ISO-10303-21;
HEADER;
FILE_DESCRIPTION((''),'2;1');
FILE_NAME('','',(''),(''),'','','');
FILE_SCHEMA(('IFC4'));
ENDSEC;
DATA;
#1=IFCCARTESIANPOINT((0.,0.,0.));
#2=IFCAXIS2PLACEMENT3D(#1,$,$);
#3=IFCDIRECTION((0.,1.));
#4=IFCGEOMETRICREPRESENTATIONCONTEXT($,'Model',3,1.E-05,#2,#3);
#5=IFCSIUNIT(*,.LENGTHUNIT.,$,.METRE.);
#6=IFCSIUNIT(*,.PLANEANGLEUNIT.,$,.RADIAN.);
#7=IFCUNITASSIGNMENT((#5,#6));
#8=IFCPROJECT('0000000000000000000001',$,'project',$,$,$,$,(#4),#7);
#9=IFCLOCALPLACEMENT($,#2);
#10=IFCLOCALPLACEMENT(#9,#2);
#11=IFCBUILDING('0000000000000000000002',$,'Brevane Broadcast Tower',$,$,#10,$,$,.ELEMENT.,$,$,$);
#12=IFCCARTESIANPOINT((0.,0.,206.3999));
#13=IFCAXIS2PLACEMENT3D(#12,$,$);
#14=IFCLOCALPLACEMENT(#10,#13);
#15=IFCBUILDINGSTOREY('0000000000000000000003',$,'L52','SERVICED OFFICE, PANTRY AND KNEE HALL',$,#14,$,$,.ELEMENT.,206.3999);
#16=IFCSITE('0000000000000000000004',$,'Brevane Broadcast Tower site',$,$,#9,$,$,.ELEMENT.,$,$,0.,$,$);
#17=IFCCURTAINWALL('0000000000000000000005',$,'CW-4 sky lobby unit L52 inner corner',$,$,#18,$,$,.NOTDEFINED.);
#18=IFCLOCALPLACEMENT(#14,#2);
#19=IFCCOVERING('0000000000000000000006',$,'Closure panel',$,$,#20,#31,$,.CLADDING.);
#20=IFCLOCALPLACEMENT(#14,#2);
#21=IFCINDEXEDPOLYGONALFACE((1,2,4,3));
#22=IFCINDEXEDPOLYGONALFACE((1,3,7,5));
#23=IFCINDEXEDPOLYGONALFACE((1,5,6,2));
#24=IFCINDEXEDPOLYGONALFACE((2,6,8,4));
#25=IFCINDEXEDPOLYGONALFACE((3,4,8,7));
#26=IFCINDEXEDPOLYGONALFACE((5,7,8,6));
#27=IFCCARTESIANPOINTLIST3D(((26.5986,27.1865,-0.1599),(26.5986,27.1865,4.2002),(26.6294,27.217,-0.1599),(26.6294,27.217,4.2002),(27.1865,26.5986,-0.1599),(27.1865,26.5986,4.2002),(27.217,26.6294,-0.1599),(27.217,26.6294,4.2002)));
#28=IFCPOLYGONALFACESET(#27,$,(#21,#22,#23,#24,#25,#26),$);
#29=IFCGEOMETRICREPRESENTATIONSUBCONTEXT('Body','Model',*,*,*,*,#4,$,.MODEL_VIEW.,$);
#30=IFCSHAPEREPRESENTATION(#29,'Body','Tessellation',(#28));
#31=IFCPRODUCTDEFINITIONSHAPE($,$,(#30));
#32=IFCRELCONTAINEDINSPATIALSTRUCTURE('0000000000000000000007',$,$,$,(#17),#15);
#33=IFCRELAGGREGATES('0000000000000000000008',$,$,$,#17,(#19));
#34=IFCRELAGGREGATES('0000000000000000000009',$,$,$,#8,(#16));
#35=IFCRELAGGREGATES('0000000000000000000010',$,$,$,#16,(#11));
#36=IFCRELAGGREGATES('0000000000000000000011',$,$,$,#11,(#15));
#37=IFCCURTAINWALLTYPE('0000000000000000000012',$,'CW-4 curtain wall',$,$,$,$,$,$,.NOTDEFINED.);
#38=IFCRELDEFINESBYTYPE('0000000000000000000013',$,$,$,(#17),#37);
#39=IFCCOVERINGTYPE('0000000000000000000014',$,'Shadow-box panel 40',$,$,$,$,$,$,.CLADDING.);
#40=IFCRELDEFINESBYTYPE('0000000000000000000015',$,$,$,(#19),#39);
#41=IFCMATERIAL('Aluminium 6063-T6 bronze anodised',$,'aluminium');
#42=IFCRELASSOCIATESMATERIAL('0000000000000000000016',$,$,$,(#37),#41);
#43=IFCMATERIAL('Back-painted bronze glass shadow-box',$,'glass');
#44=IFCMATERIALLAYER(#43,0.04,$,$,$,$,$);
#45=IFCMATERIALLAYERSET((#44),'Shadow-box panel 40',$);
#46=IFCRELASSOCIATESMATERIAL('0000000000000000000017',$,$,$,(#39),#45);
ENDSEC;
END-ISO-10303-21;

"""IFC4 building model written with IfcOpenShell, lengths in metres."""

from ifc_helpers import new_model, si_unit, direction, frame, origin, place, context, subcontext, project, spatial, polyline, outline, extrude, material, layer, layer_set, type_object, element, aggregate, save


model = new_model("IFC4")

# Units and contexts
model_context = context("Model", 3, precision=1e-05, world=origin(), true_north=direction((0.0, 1.0)))
body_context = subcontext(model_context, "Body", "Model", "MODEL_VIEW")
ifc_project = project(units=[si_unit("LENGTHUNIT", "METRE"), si_unit("PLANEANGLEUNIT", "RADIAN")], contexts=[model_context])

# Site, building, storey
site_placement = place(None, origin())
site = spatial("IfcSite", under=ifc_project, at=site_placement, Name="Brevane Broadcast Tower site", CompositionType="ELEMENT", RefElevation=0.0)
building_placement = place(site_placement, origin())
building = spatial("IfcBuilding", under=site, at=building_placement, Name="Brevane Broadcast Tower", CompositionType="ELEMENT")
storey_placement = place(building_placement, frame((0.0, 0.0, 206.3999)))
storey = spatial("IfcBuildingStorey", under=building, at=storey_placement, Name="L52", Description="SERVICED OFFICE, PANTRY AND KNEE HALL", CompositionType="ELEMENT", Elevation=206.3999)

# Shared definitions
ifc_material_1 = material(Name="Aluminium 6063-T6 bronze anodised", Category="aluminium")
curtain_wall_type = type_object("IfcCurtainWallType", Name="CW-4 curtain wall", PredefinedType="NOTDEFINED", material=ifc_material_1)

# Curtain wall, covering
curtain_wall_1_placement = place(storey_placement, origin())
curtain_wall_1 = element("IfcCurtainWall", 1, at=curtain_wall_1_placement, inside=storey, type_object=curtain_wall_type, Name="CW-4 sky lobby unit L52 inner corner", PredefinedType="NOTDEFINED")
ifc_material_2 = material(Name="Back-painted bronze glass shadow-box", Category="glass")
ifc_layer_1 = layer(ifc_material_2, 0.04)
ifc_layer_set_1 = layer_set([ifc_layer_1], Name="Shadow-box panel 40")
covering_type = type_object("IfcCoveringType", Name="Shadow-box panel 40", PredefinedType="CLADDING", material=ifc_layer_set_1)
covering_placement = place(storey_placement, frame((0.0, 0.0, -0.1599)))
covering = element("IfcCovering", 2, at=covering_placement, type_object=covering_type, Name="Closure panel", PredefinedType="CLADDING", context=body_context, shape_type="SweptSolid", body=[
    extrude(outline(polyline([(27.1865, 26.5986), (27.217, 26.6294), (26.6294, 27.217), (26.5986, 27.1865), (27.1865, 26.5986)])), origin(), (0.0, 0.0, 1.0), 4.3601),
])
aggregate(curtain_wall_1, [covering])

save(model, "model.ifc")
